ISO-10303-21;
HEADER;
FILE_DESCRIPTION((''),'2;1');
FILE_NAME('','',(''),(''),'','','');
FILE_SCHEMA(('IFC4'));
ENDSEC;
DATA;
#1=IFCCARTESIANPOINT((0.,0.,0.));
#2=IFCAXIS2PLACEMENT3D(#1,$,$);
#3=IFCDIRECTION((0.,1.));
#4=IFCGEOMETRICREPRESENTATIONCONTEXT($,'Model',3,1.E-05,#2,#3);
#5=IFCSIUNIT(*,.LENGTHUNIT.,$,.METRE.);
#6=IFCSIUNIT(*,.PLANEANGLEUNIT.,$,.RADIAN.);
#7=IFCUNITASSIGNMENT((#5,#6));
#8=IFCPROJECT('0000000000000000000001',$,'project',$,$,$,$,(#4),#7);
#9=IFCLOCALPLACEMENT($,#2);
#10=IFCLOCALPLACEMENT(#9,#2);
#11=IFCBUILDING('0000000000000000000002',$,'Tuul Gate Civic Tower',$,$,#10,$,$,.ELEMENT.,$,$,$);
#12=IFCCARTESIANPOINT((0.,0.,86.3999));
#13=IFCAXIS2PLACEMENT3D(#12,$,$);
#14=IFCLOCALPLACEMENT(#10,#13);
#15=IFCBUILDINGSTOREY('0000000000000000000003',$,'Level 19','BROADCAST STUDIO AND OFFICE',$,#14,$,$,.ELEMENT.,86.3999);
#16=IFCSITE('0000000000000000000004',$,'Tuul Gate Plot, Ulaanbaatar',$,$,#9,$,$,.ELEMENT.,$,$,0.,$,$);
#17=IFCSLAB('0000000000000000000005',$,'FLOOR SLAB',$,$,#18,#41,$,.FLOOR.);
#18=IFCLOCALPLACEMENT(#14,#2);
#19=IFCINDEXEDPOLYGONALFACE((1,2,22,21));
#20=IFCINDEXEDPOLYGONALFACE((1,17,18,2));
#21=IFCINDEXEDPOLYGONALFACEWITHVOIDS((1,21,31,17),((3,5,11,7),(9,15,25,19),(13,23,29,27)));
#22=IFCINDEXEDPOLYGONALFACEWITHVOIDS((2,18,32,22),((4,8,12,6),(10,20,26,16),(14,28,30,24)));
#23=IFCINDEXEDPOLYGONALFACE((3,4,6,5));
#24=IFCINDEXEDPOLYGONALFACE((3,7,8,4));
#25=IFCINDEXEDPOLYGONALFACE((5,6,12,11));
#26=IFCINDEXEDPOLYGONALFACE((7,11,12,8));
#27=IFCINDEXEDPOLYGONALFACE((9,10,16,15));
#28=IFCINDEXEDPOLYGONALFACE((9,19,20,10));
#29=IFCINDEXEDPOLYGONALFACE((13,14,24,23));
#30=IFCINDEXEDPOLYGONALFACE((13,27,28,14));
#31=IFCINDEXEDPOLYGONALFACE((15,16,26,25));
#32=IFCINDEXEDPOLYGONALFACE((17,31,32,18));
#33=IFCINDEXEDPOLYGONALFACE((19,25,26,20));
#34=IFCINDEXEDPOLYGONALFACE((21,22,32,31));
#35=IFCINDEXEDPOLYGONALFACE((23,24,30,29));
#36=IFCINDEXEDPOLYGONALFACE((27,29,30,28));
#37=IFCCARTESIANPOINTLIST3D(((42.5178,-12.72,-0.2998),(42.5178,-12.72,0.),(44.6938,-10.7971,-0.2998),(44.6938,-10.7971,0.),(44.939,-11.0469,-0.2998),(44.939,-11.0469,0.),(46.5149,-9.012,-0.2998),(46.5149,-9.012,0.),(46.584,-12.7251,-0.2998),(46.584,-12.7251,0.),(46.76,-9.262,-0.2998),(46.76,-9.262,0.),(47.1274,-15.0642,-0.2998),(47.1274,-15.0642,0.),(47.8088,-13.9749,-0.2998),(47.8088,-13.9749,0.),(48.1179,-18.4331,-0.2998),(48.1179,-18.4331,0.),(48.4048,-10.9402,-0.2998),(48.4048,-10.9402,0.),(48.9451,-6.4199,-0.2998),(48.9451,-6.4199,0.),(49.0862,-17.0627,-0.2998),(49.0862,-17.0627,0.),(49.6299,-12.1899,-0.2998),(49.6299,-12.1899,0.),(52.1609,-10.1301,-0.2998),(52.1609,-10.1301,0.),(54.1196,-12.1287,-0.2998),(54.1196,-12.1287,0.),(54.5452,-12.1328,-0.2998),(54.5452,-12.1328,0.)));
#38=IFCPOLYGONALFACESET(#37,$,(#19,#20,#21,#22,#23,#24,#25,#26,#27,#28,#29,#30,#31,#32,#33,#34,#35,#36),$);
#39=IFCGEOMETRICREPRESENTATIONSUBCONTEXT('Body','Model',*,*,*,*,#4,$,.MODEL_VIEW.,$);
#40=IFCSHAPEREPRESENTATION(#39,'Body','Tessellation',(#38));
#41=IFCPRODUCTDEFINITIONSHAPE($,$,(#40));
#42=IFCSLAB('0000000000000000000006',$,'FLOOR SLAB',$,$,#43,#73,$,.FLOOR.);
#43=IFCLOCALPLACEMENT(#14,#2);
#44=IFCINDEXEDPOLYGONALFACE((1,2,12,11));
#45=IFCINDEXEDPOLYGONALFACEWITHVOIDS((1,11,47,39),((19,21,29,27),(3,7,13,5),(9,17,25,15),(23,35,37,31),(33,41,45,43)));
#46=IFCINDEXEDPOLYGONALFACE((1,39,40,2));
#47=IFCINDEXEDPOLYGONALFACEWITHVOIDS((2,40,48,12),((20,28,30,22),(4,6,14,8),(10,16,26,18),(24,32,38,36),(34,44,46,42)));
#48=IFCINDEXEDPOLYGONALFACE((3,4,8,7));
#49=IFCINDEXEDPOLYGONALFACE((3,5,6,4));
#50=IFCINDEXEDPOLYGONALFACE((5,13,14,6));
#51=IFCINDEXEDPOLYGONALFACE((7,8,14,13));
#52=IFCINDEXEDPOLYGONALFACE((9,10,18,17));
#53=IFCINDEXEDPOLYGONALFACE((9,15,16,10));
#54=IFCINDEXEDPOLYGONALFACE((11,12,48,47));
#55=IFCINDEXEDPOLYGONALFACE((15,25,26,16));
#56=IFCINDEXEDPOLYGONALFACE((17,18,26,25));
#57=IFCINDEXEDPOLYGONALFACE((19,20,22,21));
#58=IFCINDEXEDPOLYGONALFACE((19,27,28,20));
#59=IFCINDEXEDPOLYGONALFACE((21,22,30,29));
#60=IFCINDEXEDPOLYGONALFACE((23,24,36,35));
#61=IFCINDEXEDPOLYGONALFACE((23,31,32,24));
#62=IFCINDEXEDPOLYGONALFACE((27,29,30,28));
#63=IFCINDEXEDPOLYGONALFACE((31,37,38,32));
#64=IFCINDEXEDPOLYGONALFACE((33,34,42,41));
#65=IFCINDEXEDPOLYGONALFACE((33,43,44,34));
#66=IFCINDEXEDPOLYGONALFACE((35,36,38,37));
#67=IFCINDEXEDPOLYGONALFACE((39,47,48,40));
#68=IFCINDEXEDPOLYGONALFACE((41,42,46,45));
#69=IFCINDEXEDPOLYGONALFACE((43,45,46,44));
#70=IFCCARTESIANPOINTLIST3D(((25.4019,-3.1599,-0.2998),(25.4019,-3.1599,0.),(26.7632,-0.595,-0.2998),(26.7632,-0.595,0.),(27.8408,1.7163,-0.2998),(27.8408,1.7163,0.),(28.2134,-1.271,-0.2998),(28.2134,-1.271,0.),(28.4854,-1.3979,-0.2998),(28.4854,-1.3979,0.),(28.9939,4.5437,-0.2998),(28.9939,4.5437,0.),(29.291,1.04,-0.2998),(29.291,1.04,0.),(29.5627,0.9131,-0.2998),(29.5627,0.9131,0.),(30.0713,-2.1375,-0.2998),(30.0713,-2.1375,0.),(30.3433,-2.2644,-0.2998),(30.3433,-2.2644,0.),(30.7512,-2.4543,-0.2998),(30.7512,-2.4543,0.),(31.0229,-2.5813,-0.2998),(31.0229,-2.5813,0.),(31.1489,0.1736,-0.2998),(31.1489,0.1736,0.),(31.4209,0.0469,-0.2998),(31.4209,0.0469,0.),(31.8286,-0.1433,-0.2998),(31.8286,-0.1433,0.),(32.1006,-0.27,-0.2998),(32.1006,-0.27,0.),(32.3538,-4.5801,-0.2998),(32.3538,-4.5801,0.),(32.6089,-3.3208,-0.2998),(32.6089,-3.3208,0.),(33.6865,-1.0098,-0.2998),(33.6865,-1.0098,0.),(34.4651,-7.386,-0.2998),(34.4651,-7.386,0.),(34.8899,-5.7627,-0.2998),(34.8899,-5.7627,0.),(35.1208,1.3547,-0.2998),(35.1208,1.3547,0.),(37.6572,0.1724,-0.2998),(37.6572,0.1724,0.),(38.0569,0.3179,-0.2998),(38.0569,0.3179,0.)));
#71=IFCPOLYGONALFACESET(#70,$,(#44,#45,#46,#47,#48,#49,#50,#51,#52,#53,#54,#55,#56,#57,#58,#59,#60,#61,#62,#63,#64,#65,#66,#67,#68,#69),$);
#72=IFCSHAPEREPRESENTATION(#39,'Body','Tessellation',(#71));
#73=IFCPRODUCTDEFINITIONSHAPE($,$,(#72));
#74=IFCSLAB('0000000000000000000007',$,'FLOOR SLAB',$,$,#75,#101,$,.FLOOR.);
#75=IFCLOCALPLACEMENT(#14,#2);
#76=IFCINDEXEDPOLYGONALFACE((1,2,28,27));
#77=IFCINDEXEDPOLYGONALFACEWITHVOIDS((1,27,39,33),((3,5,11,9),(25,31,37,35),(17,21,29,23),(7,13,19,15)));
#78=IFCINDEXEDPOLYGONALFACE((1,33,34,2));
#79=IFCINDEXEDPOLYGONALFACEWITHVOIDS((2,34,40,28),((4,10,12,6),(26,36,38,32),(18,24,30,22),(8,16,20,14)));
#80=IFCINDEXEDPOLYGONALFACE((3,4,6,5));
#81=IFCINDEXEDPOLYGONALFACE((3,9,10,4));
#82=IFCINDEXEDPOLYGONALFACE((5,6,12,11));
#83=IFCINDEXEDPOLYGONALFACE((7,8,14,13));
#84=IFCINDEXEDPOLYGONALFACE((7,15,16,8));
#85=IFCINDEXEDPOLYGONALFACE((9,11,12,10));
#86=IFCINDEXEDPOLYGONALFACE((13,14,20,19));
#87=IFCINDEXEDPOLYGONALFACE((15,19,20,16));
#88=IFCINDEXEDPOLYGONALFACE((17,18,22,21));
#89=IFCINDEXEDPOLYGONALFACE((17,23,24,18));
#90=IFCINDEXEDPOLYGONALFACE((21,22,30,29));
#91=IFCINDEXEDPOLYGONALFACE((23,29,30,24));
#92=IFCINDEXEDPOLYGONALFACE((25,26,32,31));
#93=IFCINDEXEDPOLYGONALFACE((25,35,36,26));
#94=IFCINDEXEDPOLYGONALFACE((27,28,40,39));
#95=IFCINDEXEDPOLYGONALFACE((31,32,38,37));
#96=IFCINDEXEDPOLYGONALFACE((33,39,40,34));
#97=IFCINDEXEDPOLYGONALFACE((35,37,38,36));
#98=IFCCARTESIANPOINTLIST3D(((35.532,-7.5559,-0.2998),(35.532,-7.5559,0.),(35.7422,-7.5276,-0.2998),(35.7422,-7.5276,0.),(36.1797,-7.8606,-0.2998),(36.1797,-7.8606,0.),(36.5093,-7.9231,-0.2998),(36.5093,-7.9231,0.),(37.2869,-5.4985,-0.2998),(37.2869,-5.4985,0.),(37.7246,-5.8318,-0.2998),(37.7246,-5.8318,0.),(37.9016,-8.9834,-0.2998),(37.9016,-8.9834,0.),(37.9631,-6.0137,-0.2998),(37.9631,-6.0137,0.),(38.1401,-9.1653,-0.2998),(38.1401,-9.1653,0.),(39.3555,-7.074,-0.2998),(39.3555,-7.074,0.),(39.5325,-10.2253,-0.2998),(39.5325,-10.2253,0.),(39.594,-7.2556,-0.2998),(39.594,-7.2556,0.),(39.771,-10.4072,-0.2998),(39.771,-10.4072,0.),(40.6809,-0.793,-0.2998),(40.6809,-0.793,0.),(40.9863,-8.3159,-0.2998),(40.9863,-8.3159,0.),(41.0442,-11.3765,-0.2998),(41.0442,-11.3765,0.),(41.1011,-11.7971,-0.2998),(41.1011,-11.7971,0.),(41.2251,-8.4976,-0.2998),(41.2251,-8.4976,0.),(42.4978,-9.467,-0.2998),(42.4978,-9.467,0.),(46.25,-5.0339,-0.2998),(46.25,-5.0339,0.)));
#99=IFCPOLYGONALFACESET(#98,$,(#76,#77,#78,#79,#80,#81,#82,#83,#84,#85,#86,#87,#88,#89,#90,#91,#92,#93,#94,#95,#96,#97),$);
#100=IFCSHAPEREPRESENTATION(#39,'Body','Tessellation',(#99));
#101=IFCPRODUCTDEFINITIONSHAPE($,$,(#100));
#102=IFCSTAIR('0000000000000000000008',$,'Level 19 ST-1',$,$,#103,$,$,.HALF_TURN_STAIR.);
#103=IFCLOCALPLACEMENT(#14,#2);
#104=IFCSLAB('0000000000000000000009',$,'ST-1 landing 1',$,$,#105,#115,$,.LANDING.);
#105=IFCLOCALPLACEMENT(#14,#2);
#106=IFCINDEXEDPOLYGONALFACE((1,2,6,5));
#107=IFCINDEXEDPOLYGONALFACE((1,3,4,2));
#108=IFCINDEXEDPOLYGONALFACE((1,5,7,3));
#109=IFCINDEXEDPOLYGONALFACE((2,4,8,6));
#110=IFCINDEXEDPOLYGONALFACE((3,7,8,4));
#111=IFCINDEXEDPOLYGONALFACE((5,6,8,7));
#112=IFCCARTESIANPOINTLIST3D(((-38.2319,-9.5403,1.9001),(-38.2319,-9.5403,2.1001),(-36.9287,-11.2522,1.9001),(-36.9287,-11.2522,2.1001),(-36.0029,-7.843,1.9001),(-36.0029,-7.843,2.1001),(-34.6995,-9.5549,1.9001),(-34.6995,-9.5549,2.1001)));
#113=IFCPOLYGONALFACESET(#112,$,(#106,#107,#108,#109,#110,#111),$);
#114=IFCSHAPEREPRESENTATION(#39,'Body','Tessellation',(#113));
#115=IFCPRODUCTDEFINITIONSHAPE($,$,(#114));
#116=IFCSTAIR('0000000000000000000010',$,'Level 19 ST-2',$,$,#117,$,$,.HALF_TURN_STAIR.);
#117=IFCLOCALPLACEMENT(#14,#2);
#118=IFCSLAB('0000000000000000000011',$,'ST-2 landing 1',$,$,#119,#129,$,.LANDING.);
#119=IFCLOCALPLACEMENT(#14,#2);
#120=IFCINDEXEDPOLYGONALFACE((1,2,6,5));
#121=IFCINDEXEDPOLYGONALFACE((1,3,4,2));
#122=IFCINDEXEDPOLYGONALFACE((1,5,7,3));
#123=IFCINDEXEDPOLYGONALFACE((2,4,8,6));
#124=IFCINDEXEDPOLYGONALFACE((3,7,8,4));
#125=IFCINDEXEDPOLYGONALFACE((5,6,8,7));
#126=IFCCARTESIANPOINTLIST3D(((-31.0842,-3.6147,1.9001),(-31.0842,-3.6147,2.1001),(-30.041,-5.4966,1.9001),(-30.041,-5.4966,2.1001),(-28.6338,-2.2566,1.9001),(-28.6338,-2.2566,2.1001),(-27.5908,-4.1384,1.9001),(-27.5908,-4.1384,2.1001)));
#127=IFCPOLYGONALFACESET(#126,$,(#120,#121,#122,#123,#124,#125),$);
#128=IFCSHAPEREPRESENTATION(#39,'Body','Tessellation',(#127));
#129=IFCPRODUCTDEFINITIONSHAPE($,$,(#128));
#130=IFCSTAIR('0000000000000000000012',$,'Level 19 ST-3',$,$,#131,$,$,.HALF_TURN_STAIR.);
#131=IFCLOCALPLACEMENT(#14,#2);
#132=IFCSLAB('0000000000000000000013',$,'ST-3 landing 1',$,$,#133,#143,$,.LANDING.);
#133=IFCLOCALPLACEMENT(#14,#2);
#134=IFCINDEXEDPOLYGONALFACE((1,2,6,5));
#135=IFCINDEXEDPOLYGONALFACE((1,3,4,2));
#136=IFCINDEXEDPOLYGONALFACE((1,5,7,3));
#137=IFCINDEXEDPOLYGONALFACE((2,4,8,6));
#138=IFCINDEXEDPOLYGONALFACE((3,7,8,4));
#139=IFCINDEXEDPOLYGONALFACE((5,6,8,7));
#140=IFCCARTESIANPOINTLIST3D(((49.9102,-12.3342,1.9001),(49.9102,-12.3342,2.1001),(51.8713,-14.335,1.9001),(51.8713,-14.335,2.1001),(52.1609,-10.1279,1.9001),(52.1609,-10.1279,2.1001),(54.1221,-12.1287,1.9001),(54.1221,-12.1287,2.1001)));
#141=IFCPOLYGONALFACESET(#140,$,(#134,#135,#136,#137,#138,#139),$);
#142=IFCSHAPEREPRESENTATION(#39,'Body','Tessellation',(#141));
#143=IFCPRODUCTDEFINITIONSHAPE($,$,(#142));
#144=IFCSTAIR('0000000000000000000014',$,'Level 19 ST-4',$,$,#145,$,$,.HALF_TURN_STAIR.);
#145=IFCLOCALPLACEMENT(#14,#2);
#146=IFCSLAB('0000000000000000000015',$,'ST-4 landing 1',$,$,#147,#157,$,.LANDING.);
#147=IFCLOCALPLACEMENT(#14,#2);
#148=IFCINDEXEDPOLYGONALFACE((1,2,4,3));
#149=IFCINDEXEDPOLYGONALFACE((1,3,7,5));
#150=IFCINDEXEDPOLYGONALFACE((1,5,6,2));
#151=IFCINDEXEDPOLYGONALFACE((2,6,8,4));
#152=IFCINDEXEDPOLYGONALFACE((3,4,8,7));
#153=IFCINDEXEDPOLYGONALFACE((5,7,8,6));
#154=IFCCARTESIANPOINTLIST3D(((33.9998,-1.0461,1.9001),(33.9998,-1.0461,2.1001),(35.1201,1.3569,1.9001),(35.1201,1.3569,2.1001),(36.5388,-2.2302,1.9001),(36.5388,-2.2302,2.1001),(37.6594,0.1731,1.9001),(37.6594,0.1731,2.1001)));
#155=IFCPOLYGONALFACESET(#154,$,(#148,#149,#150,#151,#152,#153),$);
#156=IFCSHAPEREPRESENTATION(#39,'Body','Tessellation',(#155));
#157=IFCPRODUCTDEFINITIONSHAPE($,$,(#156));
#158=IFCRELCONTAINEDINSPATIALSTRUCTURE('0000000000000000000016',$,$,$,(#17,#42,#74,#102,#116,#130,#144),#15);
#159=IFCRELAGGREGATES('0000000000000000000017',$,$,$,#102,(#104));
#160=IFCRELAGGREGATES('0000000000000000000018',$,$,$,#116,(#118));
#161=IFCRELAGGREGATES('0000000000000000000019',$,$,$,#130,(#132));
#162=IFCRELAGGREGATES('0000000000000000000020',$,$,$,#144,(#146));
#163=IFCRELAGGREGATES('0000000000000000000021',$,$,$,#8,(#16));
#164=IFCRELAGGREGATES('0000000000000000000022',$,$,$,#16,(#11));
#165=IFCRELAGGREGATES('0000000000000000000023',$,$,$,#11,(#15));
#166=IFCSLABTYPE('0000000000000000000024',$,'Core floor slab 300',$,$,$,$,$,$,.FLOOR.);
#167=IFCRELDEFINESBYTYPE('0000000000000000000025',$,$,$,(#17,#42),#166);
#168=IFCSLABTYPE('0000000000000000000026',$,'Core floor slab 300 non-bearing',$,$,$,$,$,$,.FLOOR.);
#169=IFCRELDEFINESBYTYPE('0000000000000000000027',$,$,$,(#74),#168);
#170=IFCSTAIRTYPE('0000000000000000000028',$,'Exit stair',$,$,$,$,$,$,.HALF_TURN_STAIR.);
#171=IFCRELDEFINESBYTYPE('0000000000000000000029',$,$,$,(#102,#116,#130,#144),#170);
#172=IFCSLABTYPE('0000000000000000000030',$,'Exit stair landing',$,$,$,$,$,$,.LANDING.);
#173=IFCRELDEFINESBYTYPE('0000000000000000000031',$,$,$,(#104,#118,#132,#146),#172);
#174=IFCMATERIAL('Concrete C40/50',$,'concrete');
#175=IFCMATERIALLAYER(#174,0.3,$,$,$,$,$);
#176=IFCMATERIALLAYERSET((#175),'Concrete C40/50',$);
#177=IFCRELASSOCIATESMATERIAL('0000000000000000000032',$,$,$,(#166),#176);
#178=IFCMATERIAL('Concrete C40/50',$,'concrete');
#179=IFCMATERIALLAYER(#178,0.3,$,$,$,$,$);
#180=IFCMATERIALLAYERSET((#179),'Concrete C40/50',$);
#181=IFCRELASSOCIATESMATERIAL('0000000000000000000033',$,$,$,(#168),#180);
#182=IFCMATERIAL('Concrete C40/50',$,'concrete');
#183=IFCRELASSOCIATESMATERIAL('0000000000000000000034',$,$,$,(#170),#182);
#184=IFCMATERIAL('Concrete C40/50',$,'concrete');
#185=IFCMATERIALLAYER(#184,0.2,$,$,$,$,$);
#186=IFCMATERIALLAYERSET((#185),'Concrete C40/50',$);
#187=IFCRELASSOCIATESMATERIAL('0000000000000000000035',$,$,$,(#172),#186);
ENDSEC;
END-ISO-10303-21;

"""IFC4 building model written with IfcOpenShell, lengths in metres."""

from ifc_helpers import new_model, si_unit, direction, frame, origin, place, context, subcontext, project, spatial, polyline, outline, extrude, material, layer, layer_set, type_object, element, aggregate, save


model = new_model("IFC4")

# Units and contexts
model_context = context("Model", 3, precision=1e-05, world=origin(), true_north=direction((0.0, 1.0)))
body_context = subcontext(model_context, "Body", "Model", "MODEL_VIEW")
ifc_project = project(units=[si_unit("LENGTHUNIT", "METRE"), si_unit("PLANEANGLEUNIT", "RADIAN")], contexts=[model_context])

# Site, building, storey
site_placement = place(None, origin())
site = spatial("IfcSite", under=ifc_project, at=site_placement, Name="Tuul Gate Plot, Ulaanbaatar", CompositionType="ELEMENT", RefElevation=0.0)
building_placement = place(site_placement, origin())
building = spatial("IfcBuilding", under=site, at=building_placement, Name="Tuul Gate Civic Tower", CompositionType="ELEMENT")
storey_placement = place(building_placement, frame((0.0, 0.0, 86.3999)))
storey = spatial("IfcBuildingStorey", under=building, at=storey_placement, Name="Level 19", Description="BROADCAST STUDIO AND OFFICE", CompositionType="ELEMENT", Elevation=86.3999)

# Slabs
ifc_material_1 = material(Name="Concrete C40/50", Category="concrete")
ifc_layer_1 = layer(ifc_material_1, 0.3)
ifc_layer_set_1 = layer_set([ifc_layer_1], Name="Concrete C40/50")
slab_type_1 = type_object("IfcSlabType", Name="Core floor slab 300", PredefinedType="FLOOR", material=ifc_layer_set_1)
slab_1_placement = place(storey_placement, frame((0.0, 0.0, -0.2998)))
element("IfcSlab", 1, at=slab_1_placement, inside=storey, type_object=slab_type_1, Name="FLOOR SLAB", PredefinedType="FLOOR", context=body_context, shape_type="SweptSolid", body=[
    extrude(outline(polyline([(48.1179, -18.4331), (54.5452, -12.1328), (48.9451, -6.4199), (42.5178, -12.72), (48.1179, -18.4331)]), holes=[polyline([(47.8088, -13.9749), (49.6299, -12.1899), (48.4048, -10.9402), (46.584, -12.7251), (47.8088, -13.9749)]), polyline([(44.939, -11.0469), (46.76, -9.262), (46.5149, -9.012), (44.6938, -10.7971), (44.939, -11.0469)]), polyline([(49.0862, -17.0627), (47.1274, -15.0642), (52.1609, -10.1301), (54.1196, -12.1287), (49.0862, -17.0627)])]), origin(), (0.0, 0.0, 1.0), 0.2998),
])
slab_2_placement = place(storey_placement, frame((0.0, 0.0, -0.2998)))
element("IfcSlab", 2, at=slab_2_placement, inside=storey, type_object=slab_type_1, Name="FLOOR SLAB", PredefinedType="FLOOR", context=body_context, shape_type="SweptSolid", body=[
    extrude(outline(polyline([(34.4651, -7.386), (38.0569, 0.3179), (28.9939, 4.5437), (25.4019, -3.1599), (34.4651, -7.386)]), holes=[polyline([(32.6089, -3.3208), (33.6865, -1.0098), (32.1006, -0.27), (31.0229, -2.5813), (32.6089, -3.3208)]), polyline([(30.0713, -2.1375), (31.1489, 0.1736), (29.5627, 0.9131), (28.4854, -1.3979), (30.0713, -2.1375)]), polyline([(30.7512, -2.4543), (31.8286, -0.1433), (31.4209, 0.0469), (30.3433, -2.2644), (30.7512, -2.4543)]), polyline([(28.2134, -1.271), (29.291, 1.04), (27.8408, 1.7163), (26.7632, -0.595), (28.2134, -1.271)]), polyline([(34.8899, -5.7627), (32.3538, -4.5801), (35.1208, 1.3547), (37.6572, 0.1724), (34.8899, -5.7627)])]), origin(), (0.0, 0.0, 1.0), 0.2998),
])
ifc_material_2 = material(Name="Concrete C40/50", Category="concrete")
ifc_layer_2 = layer(ifc_material_2, 0.3)
ifc_layer_set_2 = layer_set([ifc_layer_2], Name="Concrete C40/50")
slab_type_2 = type_object("IfcSlabType", Name="Core floor slab 300 non-bearing", PredefinedType="FLOOR", material=ifc_layer_set_2)
slab_3_placement = place(storey_placement, frame((0.0, 0.0, -0.2998)))
element("IfcSlab", 3, at=slab_3_placement, inside=storey, type_object=slab_type_2, Name="FLOOR SLAB", PredefinedType="FLOOR", context=body_context, shape_type="SweptSolid", body=[
    extrude(outline(polyline([(41.1011, -11.7971), (46.25, -5.0339), (40.6809, -0.793), (35.532, -7.5559), (41.1011, -11.7971)]), holes=[polyline([(41.0442, -11.3765), (42.4978, -9.467), (41.2251, -8.4976), (39.771, -10.4072), (41.0442, -11.3765)]), polyline([(39.5325, -10.2253), (40.9863, -8.3159), (39.594, -7.2556), (38.1401, -9.1653), (39.5325, -10.2253)]), polyline([(37.9016, -8.9834), (39.3555, -7.074), (37.9631, -6.0137), (36.5093, -7.9231), (37.9016, -8.9834)]), polyline([(36.1797, -7.8606), (37.7246, -5.8318), (37.2869, -5.4985), (35.7422, -7.5276), (36.1797, -7.8606)])]), origin(), (0.0, 0.0, 1.0), 0.2998),
])

# Stairs, slabs
ifc_material_3 = material(Name="Concrete C40/50", Category="concrete")
stair_type = type_object("IfcStairType", Name="Exit stair", PredefinedType="HALF_TURN_STAIR", material=ifc_material_3)
stair_1_placement = place(storey_placement, origin())
stair_1 = element("IfcStair", 4, at=stair_1_placement, inside=storey, type_object=stair_type, Name="Level 19 ST-1", PredefinedType="HALF_TURN_STAIR")
ifc_material_4 = material(Name="Concrete C40/50", Category="concrete")
ifc_layer_3 = layer(ifc_material_4, 0.2)
ifc_layer_set_3 = layer_set([ifc_layer_3], Name="Concrete C40/50")
slab_type_3 = type_object("IfcSlabType", Name="Exit stair landing", PredefinedType="LANDING", material=ifc_layer_set_3)
slab_4_placement = place(storey_placement, frame((0.0, 0.0, 1.9001)))
slab_4 = element("IfcSlab", 5, at=slab_4_placement, type_object=slab_type_3, Name="ST-1 landing 1", PredefinedType="LANDING", context=body_context, shape_type="SweptSolid", body=[
    extrude(outline(polyline([(-34.6995, -9.5549), (-36.9287, -11.2522), (-38.2319, -9.5403), (-36.0029, -7.843), (-34.6995, -9.5549)])), origin(), (0.0, 0.0, 1.0), 0.2),
])
aggregate(stair_1, [slab_4])
stair_2_placement = place(storey_placement, origin())
stair_2 = element("IfcStair", 6, at=stair_2_placement, inside=storey, type_object=stair_type, Name="Level 19 ST-2", PredefinedType="HALF_TURN_STAIR")
slab_5_placement = place(storey_placement, frame((0.0, 0.0, 1.9001)))
slab_5 = element("IfcSlab", 7, at=slab_5_placement, type_object=slab_type_3, Name="ST-2 landing 1", PredefinedType="LANDING", context=body_context, shape_type="SweptSolid", body=[
    extrude(outline(polyline([(-27.5908, -4.1384), (-30.041, -5.4966), (-31.0842, -3.6147), (-28.6338, -2.2566), (-27.5908, -4.1384)])), origin(), (0.0, 0.0, 1.0), 0.2),
])
aggregate(stair_2, [slab_5])
stair_3_placement = place(storey_placement, origin())
stair_3 = element("IfcStair", 8, at=stair_3_placement, inside=storey, type_object=stair_type, Name="Level 19 ST-3", PredefinedType="HALF_TURN_STAIR")
slab_6_placement = place(storey_placement, frame((0.0, 0.0, 1.9001)))
slab_6 = element("IfcSlab", 9, at=slab_6_placement, type_object=slab_type_3, Name="ST-3 landing 1", PredefinedType="LANDING", context=body_context, shape_type="SweptSolid", body=[
    extrude(outline(polyline([(51.8713, -14.335), (49.9102, -12.3342), (52.1609, -10.1279), (54.1221, -12.1287), (51.8713, -14.335)])), origin(), (0.0, 0.0, 1.0), 0.2),
])
aggregate(stair_3, [slab_6])
stair_4_placement = place(storey_placement, origin())
stair_4 = element("IfcStair", 10, at=stair_4_placement, inside=storey, type_object=stair_type, Name="Level 19 ST-4", PredefinedType="HALF_TURN_STAIR")
slab_7_placement = place(storey_placement, frame((0.0, 0.0, 1.9001)))
slab_7 = element("IfcSlab", 11, at=slab_7_placement, type_object=slab_type_3, Name="ST-4 landing 1", PredefinedType="LANDING", context=body_context, shape_type="SweptSolid", body=[
    extrude(outline(polyline([(36.5388, -2.2302), (33.9998, -1.0461), (35.1201, 1.3569), (37.6594, 0.1731), (36.5388, -2.2302)])), origin(), (0.0, 0.0, 1.0), 0.2),
])
aggregate(stair_4, [slab_7])

save(model, "model.ifc")
